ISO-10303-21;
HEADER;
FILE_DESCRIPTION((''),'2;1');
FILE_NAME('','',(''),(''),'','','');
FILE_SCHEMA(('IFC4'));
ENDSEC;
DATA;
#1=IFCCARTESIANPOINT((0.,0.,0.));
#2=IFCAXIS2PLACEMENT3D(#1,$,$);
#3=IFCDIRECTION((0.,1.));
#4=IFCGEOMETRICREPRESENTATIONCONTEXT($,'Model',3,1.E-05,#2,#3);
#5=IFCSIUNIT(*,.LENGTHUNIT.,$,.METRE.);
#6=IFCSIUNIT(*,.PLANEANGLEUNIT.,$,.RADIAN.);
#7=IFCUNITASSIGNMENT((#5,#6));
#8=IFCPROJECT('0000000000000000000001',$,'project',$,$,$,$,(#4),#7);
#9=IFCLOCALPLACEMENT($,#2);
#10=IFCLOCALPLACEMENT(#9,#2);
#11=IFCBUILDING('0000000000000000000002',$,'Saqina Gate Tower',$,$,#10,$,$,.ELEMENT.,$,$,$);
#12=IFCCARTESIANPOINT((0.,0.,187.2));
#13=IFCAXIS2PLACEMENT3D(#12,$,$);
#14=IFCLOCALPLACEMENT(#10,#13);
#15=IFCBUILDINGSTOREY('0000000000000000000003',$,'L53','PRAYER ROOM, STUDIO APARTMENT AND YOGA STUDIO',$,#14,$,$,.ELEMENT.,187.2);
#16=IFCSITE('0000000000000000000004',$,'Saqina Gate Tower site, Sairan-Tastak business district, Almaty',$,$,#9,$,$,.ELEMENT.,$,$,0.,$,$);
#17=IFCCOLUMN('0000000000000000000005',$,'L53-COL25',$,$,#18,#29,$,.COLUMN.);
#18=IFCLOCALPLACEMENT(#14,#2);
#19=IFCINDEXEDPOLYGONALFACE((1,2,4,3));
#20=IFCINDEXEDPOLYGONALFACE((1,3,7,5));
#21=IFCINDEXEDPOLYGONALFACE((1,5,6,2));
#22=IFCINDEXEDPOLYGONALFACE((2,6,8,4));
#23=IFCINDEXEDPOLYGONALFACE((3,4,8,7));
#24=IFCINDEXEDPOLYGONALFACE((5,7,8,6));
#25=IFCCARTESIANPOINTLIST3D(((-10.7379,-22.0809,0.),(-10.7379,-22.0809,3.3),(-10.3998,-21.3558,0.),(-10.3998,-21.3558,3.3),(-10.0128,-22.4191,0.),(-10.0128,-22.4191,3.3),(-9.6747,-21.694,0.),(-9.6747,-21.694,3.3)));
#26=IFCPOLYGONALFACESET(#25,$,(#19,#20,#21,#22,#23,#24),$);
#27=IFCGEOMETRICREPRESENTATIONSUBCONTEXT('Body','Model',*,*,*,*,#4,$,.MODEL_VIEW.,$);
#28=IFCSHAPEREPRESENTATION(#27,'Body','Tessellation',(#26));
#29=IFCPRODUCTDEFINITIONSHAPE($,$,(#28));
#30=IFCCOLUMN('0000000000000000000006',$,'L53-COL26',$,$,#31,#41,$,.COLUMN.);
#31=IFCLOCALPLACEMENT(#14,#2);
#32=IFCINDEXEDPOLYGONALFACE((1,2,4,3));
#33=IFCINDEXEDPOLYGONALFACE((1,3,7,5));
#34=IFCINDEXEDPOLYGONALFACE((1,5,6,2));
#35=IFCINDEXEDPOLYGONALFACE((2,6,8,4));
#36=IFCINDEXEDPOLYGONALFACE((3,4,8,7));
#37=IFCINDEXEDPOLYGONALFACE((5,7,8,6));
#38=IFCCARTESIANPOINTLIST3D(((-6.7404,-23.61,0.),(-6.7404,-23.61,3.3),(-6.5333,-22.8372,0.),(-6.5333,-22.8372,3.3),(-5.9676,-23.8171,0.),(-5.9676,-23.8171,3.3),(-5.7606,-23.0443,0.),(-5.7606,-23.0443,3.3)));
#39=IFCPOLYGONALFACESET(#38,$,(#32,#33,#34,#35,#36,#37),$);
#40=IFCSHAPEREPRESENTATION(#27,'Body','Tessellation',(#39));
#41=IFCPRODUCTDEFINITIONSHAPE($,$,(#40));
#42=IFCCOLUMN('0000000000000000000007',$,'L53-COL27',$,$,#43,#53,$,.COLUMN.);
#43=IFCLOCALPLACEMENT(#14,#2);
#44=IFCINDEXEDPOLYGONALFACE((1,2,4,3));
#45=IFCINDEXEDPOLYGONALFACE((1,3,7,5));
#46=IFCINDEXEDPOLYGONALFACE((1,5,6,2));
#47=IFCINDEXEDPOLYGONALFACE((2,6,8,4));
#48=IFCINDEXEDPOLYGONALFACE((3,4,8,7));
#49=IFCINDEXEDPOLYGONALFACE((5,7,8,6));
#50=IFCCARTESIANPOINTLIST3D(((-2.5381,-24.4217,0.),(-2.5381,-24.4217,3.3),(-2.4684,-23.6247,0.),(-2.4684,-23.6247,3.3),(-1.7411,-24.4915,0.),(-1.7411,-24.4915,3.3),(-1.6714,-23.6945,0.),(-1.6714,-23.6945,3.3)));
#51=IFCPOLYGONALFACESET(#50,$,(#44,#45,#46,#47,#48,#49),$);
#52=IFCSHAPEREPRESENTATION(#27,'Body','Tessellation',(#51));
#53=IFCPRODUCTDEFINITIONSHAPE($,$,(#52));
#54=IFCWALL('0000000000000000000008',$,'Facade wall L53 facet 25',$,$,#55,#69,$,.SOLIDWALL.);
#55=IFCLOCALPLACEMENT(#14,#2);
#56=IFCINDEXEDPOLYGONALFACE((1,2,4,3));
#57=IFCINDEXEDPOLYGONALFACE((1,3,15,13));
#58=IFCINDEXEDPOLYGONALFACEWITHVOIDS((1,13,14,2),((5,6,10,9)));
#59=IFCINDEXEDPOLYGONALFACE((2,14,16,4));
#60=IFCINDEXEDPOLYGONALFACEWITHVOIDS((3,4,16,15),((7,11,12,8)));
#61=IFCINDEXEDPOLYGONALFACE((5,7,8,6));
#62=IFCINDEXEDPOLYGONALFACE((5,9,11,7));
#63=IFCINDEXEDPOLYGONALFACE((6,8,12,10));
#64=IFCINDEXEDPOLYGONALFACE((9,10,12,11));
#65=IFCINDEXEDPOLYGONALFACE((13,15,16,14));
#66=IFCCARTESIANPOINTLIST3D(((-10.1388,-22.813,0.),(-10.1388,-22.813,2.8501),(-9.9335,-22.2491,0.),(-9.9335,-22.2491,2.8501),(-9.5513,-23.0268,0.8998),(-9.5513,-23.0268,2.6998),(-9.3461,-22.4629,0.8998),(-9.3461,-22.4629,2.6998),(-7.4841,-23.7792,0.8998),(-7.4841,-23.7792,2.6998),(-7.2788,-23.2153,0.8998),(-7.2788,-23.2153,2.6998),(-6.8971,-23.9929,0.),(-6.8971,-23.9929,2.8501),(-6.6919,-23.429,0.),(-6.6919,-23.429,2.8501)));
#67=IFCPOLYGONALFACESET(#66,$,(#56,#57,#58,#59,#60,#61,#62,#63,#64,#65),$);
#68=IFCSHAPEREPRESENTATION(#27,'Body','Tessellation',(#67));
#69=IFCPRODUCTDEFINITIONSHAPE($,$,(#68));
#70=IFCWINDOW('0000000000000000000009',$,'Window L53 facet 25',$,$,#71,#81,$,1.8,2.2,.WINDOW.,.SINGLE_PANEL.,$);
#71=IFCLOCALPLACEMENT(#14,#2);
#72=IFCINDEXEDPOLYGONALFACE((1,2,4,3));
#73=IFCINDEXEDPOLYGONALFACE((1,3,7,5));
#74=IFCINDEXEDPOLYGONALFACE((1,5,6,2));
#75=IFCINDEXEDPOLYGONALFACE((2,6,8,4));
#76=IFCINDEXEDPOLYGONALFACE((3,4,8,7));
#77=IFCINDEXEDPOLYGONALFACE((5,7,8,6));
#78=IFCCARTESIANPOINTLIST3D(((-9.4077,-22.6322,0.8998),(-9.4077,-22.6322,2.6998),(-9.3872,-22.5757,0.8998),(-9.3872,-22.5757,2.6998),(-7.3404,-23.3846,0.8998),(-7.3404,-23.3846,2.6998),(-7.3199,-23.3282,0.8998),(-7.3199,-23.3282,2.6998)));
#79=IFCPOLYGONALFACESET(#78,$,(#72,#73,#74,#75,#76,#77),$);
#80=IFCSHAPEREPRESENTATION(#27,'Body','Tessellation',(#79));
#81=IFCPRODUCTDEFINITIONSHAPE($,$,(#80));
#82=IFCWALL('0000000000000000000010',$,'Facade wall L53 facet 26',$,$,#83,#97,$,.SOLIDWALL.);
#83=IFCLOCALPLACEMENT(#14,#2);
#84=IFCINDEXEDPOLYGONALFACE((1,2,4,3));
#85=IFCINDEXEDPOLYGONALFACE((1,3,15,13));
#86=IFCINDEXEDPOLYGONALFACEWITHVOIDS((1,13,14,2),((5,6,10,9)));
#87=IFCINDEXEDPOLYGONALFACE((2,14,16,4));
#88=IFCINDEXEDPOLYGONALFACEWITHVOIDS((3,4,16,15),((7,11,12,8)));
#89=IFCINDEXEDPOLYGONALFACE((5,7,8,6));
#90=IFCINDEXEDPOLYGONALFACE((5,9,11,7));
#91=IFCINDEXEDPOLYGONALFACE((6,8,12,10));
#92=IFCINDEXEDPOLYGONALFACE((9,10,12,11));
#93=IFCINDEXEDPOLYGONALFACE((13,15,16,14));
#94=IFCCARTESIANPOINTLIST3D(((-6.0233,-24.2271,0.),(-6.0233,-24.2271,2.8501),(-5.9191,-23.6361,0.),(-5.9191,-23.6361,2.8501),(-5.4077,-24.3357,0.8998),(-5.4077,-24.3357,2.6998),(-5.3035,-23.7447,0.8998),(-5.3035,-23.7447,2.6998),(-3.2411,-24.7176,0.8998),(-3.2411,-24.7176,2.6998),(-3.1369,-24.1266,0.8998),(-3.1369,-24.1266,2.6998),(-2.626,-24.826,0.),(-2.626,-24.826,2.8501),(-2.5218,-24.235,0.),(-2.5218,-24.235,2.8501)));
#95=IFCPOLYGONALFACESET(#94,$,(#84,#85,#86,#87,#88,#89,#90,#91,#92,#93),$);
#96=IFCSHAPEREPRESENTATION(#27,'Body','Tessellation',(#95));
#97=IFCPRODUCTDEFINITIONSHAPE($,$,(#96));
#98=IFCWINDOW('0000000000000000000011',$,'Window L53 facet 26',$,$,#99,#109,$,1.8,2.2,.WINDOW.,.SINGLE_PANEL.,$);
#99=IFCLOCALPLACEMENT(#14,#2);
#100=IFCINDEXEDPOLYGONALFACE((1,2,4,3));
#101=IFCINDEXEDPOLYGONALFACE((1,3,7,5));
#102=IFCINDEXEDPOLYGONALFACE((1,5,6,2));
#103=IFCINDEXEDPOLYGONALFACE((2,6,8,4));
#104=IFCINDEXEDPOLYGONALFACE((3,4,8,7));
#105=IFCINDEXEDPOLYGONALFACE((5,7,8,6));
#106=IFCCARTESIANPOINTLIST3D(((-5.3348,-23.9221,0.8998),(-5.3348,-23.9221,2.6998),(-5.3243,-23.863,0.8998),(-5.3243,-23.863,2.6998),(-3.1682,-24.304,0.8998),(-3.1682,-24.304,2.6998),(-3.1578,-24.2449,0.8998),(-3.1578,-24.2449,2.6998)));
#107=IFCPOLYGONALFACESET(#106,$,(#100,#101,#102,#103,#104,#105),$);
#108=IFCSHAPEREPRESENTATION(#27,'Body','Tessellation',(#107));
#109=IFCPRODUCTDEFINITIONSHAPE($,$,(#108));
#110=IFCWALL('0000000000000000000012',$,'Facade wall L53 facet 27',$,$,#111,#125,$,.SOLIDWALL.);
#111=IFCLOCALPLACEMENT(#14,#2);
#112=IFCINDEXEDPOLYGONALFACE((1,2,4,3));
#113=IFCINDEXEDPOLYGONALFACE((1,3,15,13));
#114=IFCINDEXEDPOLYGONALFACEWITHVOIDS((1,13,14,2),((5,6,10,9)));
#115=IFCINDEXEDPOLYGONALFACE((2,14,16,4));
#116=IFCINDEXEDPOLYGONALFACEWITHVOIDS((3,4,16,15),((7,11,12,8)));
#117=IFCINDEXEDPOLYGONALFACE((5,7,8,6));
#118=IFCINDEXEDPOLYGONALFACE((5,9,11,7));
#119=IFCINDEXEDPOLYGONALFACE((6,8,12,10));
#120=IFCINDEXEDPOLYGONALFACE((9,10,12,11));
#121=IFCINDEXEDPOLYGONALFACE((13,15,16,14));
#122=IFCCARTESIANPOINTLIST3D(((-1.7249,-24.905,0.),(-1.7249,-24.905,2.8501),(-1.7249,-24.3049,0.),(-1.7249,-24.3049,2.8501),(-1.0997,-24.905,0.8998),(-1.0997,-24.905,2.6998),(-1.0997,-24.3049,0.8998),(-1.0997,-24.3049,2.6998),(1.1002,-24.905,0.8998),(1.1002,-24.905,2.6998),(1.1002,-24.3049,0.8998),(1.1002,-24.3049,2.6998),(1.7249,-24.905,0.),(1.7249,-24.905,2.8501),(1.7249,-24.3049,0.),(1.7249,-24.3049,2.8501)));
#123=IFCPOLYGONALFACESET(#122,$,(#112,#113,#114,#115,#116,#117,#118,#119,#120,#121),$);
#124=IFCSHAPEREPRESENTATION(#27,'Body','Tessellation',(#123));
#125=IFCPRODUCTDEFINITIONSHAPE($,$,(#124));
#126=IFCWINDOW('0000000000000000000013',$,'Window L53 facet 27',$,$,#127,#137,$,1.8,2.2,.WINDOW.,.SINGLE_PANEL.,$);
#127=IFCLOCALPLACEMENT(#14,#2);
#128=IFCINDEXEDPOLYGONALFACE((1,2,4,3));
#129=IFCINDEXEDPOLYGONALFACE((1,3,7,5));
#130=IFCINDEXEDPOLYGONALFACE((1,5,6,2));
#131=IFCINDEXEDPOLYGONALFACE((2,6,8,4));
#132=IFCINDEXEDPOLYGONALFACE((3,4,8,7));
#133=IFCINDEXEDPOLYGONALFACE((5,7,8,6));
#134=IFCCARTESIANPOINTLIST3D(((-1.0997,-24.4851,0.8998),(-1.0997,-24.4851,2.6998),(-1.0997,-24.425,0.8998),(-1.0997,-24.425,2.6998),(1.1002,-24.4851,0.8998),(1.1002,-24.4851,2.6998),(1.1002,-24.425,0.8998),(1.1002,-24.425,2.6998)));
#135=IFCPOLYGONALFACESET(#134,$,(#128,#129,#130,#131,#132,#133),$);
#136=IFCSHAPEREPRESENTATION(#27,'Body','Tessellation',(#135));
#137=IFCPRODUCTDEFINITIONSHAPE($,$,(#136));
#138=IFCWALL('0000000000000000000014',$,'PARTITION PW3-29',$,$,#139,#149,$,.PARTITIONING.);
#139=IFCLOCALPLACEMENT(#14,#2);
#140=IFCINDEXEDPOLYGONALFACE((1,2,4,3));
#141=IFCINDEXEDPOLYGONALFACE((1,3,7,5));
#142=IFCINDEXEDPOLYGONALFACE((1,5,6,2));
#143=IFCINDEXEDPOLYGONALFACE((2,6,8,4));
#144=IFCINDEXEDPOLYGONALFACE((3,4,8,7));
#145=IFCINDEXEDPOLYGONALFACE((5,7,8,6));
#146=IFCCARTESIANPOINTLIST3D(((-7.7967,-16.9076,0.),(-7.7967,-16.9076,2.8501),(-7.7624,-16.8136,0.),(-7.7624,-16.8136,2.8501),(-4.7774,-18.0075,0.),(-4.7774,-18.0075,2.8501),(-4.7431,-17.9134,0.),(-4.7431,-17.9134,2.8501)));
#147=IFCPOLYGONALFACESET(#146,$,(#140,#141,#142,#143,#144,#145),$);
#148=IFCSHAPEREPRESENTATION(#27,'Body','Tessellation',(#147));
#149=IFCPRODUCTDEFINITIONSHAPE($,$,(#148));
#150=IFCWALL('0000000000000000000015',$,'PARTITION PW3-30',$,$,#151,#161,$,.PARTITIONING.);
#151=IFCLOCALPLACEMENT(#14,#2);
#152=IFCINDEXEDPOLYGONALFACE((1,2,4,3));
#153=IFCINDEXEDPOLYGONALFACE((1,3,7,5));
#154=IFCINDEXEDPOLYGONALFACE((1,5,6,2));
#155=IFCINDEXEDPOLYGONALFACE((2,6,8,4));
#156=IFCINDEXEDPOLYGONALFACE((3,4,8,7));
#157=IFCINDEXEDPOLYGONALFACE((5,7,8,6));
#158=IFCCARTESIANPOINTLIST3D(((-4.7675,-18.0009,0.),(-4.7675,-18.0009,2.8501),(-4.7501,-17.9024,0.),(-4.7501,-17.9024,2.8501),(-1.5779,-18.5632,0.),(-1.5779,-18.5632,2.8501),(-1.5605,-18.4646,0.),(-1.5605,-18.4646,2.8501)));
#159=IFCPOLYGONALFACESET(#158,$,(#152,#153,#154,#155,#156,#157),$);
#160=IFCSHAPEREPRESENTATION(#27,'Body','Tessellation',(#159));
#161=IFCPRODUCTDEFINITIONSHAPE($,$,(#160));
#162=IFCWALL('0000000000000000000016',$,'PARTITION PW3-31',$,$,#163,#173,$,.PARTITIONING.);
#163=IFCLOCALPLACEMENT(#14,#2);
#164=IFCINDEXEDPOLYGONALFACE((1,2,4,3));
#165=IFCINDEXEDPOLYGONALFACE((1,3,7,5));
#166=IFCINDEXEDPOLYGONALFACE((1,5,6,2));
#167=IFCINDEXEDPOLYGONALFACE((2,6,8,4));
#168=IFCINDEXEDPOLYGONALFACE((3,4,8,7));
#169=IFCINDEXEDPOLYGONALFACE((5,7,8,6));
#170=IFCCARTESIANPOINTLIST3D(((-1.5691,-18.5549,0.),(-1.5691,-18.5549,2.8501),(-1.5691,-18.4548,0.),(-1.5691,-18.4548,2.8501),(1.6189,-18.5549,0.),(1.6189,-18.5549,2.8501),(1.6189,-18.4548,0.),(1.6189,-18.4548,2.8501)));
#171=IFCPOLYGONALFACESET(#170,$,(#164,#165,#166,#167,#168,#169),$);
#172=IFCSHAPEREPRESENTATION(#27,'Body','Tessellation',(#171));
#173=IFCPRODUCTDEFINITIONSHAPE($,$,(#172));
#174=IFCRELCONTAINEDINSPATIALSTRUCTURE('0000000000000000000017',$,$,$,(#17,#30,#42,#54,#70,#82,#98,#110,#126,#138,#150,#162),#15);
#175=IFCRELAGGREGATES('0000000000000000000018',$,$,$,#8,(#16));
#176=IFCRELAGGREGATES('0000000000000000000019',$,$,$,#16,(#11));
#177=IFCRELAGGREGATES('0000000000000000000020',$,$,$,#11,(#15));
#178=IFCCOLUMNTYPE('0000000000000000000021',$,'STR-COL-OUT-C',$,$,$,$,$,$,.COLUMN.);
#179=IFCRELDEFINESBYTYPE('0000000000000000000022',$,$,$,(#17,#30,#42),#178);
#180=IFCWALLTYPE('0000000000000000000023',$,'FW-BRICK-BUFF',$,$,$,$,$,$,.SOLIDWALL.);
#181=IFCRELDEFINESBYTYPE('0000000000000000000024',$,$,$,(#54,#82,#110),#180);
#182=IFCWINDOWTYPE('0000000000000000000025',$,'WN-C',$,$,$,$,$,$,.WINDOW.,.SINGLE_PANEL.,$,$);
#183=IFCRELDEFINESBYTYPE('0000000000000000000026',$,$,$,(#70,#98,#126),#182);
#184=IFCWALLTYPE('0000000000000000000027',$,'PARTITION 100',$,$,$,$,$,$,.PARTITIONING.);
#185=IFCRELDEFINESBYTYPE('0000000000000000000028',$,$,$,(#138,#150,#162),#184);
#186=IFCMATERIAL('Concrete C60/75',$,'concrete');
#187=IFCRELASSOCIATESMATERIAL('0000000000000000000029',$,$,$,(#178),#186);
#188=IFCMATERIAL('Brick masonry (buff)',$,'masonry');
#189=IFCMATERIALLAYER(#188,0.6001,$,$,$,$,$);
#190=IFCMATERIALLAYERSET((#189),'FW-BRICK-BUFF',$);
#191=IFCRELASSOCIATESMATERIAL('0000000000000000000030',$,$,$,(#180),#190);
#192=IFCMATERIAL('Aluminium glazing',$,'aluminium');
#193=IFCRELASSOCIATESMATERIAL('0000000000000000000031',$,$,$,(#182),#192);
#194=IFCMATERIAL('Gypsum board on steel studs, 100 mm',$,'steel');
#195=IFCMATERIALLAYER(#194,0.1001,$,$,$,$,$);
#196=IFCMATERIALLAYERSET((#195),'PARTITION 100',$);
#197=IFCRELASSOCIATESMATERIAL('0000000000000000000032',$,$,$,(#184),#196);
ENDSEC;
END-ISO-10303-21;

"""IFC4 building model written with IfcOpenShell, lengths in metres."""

from ifc_helpers import new_model, si_unit, direction, frame, frame_2d, origin, origin_2d, place, context, subcontext, project, spatial, rectangle, extrude, material, layer, layer_set, material_profile, profile_set, type_object, element, fill, save


model = new_model("IFC4")

# Units and contexts
model_context = context("Model", 3, precision=1e-05, world=origin(), true_north=direction((0.0, 1.0)))
body_context = subcontext(model_context, "Body", "Model", "MODEL_VIEW")
ifc_project = project(units=[si_unit("LENGTHUNIT", "METRE"), si_unit("PLANEANGLEUNIT", "RADIAN")], contexts=[model_context])

# Site, building, storey
site_placement = place(None, origin())
site = spatial("IfcSite", under=ifc_project, at=site_placement, Name="Saqina Gate Tower site, Sairan-Tastak business district, Almaty", CompositionType="ELEMENT", RefElevation=0.0)
building_placement = place(site_placement, origin())
building = spatial("IfcBuilding", under=site, at=building_placement, Name="Saqina Gate Tower", CompositionType="ELEMENT")
storey_placement = place(building_placement, frame((0.0, 0.0, 187.2)))
storey = spatial("IfcBuildingStorey", under=building, at=storey_placement, Name="L53", Description="PRAYER ROOM, STUDIO APARTMENT AND YOGA STUDIO", CompositionType="ELEMENT", Elevation=187.2)

# Columns
ifc_material_1 = material(Name="Concrete C60/75", Category="concrete")
ifc_material_profile = material_profile(ifc_material_1, rectangle(XDim=0.8, YDim=0.8, at=origin_2d()), Name="RC 800x800")
ifc_profile_set = profile_set([ifc_material_profile], Name="Concrete C60/75")
column_type = type_object("IfcColumnType", Name="STR-COL-OUT-C", PredefinedType="COLUMN", material=ifc_profile_set)
for number, where, z_axis, x_axis, name in (
    (1, (-10.2063, -21.8875, 0.0), (0.0, 0.0, 1.0), (-0.422618, -0.906308, 0.0), "L53-COL25"),
    (2, (-6.2505, -23.3271, 0.0), (0.0, 0.0, 1.0), (-0.258819, -0.965926, 0.0), "L53-COL26"),
    (3, (-2.1047, -24.0581, 0.0), (0.0, 0.0, 1.0), (-0.087156, -0.996195, 0.0), "L53-COL27"),
):
    element("IfcColumn", number, at=place(storey_placement, frame(where, z_axis=z_axis, x_axis=x_axis)), inside=storey, type_object=column_type, Name=name, PredefinedType="COLUMN", context=body_context, shape_type="SweptSolid", body=[
        extrude(rectangle(XDim=0.8, YDim=0.8, at=origin_2d()), origin(), (0.0, 0.0, 1.0), 3.3),
    ])

# Walls, openings, windows
ifc_material_2 = material(Name="Brick masonry (buff)", Category="masonry")
ifc_layer_1 = layer(ifc_material_2, 0.6001)
ifc_layer_set_1 = layer_set([ifc_layer_1], Name="FW-BRICK-BUFF")
wall_type_1 = type_object("IfcWallType", Name="FW-BRICK-BUFF", PredefinedType="SOLIDWALL", material=ifc_layer_set_1)
wall_1_placement = place(storey_placement, frame((-10.0361, -22.531, 0.0), z_axis=(0.0, 0.0, 1.0), x_axis=(0.939688, -0.342033, 0.0)))
wall_1 = element("IfcWall", 4, at=wall_1_placement, inside=storey, type_object=wall_type_1, Name="Facade wall L53 facet 25", PredefinedType="SOLIDWALL", context=body_context, shape_type="SweptSolid", body=[
    extrude(rectangle(XDim=3.4497, YDim=0.6001, at=frame_2d((1.7249, 0.0))), origin(), (0.0, 0.0, 1.0), 2.8501),
])
opening_1_placement = place(wall_1_placement, frame((0.625, 0.0, 0.8999)))
opening_1 = element("IfcOpeningElement", 5, at=opening_1_placement, cuts=wall_1, PredefinedType="OPENING", context=body_context, shape_type="SweptSolid", body=[
    extrude(rectangle(XDim=2.2, YDim=1.8, at=frame_2d((1.1001, 0.8999))), frame((0.0, 0.312, 0.0), z_axis=(0.0, -1.0, 0.0), x_axis=(1.0, 0.0, 0.0)), (0.0, 0.0, 1.0), 0.624),
])
ifc_material_3 = material(Name="Aluminium glazing", Category="aluminium")
window_type = type_object("IfcWindowType", Name="WN-C", PartitioningType="SINGLE_PANEL", PredefinedType="WINDOW", material=ifc_material_3)
window_1_placement = place(opening_1_placement, origin())
window_1 = element("IfcWindow", 6, at=window_1_placement, inside=storey, type_object=window_type, Name="Window L53 facet 25", OverallHeight=1.8, OverallWidth=2.2, PartitioningType="SINGLE_PANEL", PredefinedType="WINDOW", context=body_context, shape_type="SweptSolid", body=[
    extrude(rectangle(XDim=2.2, YDim=1.8, at=frame_2d((1.1001, 0.8999))), frame((0.0, 0.1799, 0.0), z_axis=(0.0, -1.0, 0.0), x_axis=(1.0, 0.0, 0.0)), (0.0, 0.0, 1.0), 0.0601),
])
fill(opening_1, window_1)
wall_2_placement = place(storey_placement, frame((-5.9712, -23.9316, 0.0), z_axis=(0.0, 0.0, 1.0), x_axis=(0.984815, -0.173608, 0.0)))
wall_2 = element("IfcWall", 7, at=wall_2_placement, inside=storey, type_object=wall_type_1, Name="Facade wall L53 facet 26", PredefinedType="SOLIDWALL", context=body_context, shape_type="SweptSolid", body=[
    extrude(rectangle(XDim=3.4497, YDim=0.6001, at=frame_2d((1.7249, 0.0))), origin(), (0.0, 0.0, 1.0), 2.8501),
])
opening_2_placement = place(wall_2_placement, frame((0.625, 0.0, 0.8999)))
opening_2 = element("IfcOpeningElement", 8, at=opening_2_placement, cuts=wall_2, PredefinedType="OPENING", context=body_context, shape_type="SweptSolid", body=[
    extrude(rectangle(XDim=2.2, YDim=1.8, at=frame_2d((1.1001, 0.8999))), frame((0.0, 0.312, 0.0), z_axis=(0.0, -1.0, 0.0), x_axis=(1.0, 0.0, 0.0)), (0.0, 0.0, 1.0), 0.624),
])
window_2_placement = place(opening_2_placement, origin())
window_2 = element("IfcWindow", 9, at=window_2_placement, inside=storey, type_object=window_type, Name="Window L53 facet 26", OverallHeight=1.8, OverallWidth=2.2, PartitioningType="SINGLE_PANEL", PredefinedType="WINDOW", context=body_context, shape_type="SweptSolid", body=[
    extrude(rectangle(XDim=2.2, YDim=1.8, at=frame_2d((1.1001, 0.8999))), frame((0.0, 0.1799, 0.0), z_axis=(0.0, -1.0, 0.0), x_axis=(1.0, 0.0, 0.0)), (0.0, 0.0, 1.0), 0.0601),
])
fill(opening_2, window_2)
wall_3_placement = place(storey_placement, frame((-1.7249, -24.605, 0.0), z_axis=(0.0, 0.0, 1.0), x_axis=(1.0, 0.0, 0.0)))
wall_3 = element("IfcWall", 10, at=wall_3_placement, inside=storey, type_object=wall_type_1, Name="Facade wall L53 facet 27", PredefinedType="SOLIDWALL", context=body_context, shape_type="SweptSolid", body=[
    extrude(rectangle(XDim=3.4497, YDim=0.6001, at=frame_2d((1.7249, 0.0))), origin(), (0.0, 0.0, 1.0), 2.8501),
])
opening_3_placement = place(wall_3_placement, frame((0.625, 0.0, 0.8999)))
opening_3 = element("IfcOpeningElement", 11, at=opening_3_placement, cuts=wall_3, PredefinedType="OPENING", context=body_context, shape_type="SweptSolid", body=[
    extrude(rectangle(XDim=2.2, YDim=1.8, at=frame_2d((1.1001, 0.8999))), frame((0.0, 0.312, 0.0), z_axis=(0.0, -1.0, 0.0), x_axis=(1.0, 0.0, 0.0)), (0.0, 0.0, 1.0), 0.624),
])
window_3_placement = place(opening_3_placement, origin())
window_3 = element("IfcWindow", 12, at=window_3_placement, inside=storey, type_object=window_type, Name="Window L53 facet 27", OverallHeight=1.8, OverallWidth=2.2, PartitioningType="SINGLE_PANEL", PredefinedType="WINDOW", context=body_context, shape_type="SweptSolid", body=[
    extrude(rectangle(XDim=2.2, YDim=1.8, at=frame_2d((1.1001, 0.8999))), frame((0.0, 0.1799, 0.0), z_axis=(0.0, -1.0, 0.0), x_axis=(1.0, 0.0, 0.0)), (0.0, 0.0, 1.0), 0.0601),
])
fill(opening_3, window_3)

# Walls
ifc_material_4 = material(Name="Gypsum board on steel studs, 100 mm", Category="steel")
ifc_layer_2 = layer(ifc_material_4, 0.1001)
ifc_layer_set_2 = layer_set([ifc_layer_2], Name="PARTITION 100")
wall_type_2 = type_object("IfcWallType", Name="PARTITION 100", PredefinedType="PARTITIONING", material=ifc_layer_set_2)
wall_4_placement = place(storey_placement, frame((-7.7795, -16.8606, 0.0), z_axis=(0.0, 0.0, 1.0), x_axis=(0.9396, -0.342274, 0.0)))
element("IfcWall", 13, at=wall_4_placement, inside=storey, type_object=wall_type_2, Name="PARTITION PW3-29", PredefinedType="PARTITIONING", context=body_context, shape_type="SweptSolid", body=[
    extrude(rectangle(XDim=3.2134, YDim=0.1001, at=frame_2d((1.6067, 0.0))), origin(), (0.0, 0.0, 1.0), 2.8501),
])
wall_5_placement = place(storey_placement, frame((-4.7588, -17.9517, 0.0), z_axis=(0.0, 0.0, 1.0), x_axis=(0.984817, -0.173596, 0.0)))
element("IfcWall", 14, at=wall_5_placement, inside=storey, type_object=wall_type_2, Name="PARTITION PW3-30", PredefinedType="PARTITIONING", context=body_context, shape_type="SweptSolid", body=[
    extrude(rectangle(XDim=3.2388, YDim=0.1001, at=frame_2d((1.6194, 0.0))), origin(), (0.0, 0.0, 1.0), 2.8501),
])
wall_6_placement = place(storey_placement, frame((-1.5691, -18.5049, 0.0), z_axis=(0.0, 0.0, 1.0), x_axis=(1.0, 0.0, 0.0)))
element("IfcWall", 15, at=wall_6_placement, inside=storey, type_object=wall_type_2, Name="PARTITION PW3-31", PredefinedType="PARTITIONING", context=body_context, shape_type="SweptSolid", body=[
    extrude(rectangle(XDim=3.188, YDim=0.1001, at=frame_2d((1.594, 0.0))), origin(), (0.0, 0.0, 1.0), 2.8501),
])

save(model, "model.ifc")
